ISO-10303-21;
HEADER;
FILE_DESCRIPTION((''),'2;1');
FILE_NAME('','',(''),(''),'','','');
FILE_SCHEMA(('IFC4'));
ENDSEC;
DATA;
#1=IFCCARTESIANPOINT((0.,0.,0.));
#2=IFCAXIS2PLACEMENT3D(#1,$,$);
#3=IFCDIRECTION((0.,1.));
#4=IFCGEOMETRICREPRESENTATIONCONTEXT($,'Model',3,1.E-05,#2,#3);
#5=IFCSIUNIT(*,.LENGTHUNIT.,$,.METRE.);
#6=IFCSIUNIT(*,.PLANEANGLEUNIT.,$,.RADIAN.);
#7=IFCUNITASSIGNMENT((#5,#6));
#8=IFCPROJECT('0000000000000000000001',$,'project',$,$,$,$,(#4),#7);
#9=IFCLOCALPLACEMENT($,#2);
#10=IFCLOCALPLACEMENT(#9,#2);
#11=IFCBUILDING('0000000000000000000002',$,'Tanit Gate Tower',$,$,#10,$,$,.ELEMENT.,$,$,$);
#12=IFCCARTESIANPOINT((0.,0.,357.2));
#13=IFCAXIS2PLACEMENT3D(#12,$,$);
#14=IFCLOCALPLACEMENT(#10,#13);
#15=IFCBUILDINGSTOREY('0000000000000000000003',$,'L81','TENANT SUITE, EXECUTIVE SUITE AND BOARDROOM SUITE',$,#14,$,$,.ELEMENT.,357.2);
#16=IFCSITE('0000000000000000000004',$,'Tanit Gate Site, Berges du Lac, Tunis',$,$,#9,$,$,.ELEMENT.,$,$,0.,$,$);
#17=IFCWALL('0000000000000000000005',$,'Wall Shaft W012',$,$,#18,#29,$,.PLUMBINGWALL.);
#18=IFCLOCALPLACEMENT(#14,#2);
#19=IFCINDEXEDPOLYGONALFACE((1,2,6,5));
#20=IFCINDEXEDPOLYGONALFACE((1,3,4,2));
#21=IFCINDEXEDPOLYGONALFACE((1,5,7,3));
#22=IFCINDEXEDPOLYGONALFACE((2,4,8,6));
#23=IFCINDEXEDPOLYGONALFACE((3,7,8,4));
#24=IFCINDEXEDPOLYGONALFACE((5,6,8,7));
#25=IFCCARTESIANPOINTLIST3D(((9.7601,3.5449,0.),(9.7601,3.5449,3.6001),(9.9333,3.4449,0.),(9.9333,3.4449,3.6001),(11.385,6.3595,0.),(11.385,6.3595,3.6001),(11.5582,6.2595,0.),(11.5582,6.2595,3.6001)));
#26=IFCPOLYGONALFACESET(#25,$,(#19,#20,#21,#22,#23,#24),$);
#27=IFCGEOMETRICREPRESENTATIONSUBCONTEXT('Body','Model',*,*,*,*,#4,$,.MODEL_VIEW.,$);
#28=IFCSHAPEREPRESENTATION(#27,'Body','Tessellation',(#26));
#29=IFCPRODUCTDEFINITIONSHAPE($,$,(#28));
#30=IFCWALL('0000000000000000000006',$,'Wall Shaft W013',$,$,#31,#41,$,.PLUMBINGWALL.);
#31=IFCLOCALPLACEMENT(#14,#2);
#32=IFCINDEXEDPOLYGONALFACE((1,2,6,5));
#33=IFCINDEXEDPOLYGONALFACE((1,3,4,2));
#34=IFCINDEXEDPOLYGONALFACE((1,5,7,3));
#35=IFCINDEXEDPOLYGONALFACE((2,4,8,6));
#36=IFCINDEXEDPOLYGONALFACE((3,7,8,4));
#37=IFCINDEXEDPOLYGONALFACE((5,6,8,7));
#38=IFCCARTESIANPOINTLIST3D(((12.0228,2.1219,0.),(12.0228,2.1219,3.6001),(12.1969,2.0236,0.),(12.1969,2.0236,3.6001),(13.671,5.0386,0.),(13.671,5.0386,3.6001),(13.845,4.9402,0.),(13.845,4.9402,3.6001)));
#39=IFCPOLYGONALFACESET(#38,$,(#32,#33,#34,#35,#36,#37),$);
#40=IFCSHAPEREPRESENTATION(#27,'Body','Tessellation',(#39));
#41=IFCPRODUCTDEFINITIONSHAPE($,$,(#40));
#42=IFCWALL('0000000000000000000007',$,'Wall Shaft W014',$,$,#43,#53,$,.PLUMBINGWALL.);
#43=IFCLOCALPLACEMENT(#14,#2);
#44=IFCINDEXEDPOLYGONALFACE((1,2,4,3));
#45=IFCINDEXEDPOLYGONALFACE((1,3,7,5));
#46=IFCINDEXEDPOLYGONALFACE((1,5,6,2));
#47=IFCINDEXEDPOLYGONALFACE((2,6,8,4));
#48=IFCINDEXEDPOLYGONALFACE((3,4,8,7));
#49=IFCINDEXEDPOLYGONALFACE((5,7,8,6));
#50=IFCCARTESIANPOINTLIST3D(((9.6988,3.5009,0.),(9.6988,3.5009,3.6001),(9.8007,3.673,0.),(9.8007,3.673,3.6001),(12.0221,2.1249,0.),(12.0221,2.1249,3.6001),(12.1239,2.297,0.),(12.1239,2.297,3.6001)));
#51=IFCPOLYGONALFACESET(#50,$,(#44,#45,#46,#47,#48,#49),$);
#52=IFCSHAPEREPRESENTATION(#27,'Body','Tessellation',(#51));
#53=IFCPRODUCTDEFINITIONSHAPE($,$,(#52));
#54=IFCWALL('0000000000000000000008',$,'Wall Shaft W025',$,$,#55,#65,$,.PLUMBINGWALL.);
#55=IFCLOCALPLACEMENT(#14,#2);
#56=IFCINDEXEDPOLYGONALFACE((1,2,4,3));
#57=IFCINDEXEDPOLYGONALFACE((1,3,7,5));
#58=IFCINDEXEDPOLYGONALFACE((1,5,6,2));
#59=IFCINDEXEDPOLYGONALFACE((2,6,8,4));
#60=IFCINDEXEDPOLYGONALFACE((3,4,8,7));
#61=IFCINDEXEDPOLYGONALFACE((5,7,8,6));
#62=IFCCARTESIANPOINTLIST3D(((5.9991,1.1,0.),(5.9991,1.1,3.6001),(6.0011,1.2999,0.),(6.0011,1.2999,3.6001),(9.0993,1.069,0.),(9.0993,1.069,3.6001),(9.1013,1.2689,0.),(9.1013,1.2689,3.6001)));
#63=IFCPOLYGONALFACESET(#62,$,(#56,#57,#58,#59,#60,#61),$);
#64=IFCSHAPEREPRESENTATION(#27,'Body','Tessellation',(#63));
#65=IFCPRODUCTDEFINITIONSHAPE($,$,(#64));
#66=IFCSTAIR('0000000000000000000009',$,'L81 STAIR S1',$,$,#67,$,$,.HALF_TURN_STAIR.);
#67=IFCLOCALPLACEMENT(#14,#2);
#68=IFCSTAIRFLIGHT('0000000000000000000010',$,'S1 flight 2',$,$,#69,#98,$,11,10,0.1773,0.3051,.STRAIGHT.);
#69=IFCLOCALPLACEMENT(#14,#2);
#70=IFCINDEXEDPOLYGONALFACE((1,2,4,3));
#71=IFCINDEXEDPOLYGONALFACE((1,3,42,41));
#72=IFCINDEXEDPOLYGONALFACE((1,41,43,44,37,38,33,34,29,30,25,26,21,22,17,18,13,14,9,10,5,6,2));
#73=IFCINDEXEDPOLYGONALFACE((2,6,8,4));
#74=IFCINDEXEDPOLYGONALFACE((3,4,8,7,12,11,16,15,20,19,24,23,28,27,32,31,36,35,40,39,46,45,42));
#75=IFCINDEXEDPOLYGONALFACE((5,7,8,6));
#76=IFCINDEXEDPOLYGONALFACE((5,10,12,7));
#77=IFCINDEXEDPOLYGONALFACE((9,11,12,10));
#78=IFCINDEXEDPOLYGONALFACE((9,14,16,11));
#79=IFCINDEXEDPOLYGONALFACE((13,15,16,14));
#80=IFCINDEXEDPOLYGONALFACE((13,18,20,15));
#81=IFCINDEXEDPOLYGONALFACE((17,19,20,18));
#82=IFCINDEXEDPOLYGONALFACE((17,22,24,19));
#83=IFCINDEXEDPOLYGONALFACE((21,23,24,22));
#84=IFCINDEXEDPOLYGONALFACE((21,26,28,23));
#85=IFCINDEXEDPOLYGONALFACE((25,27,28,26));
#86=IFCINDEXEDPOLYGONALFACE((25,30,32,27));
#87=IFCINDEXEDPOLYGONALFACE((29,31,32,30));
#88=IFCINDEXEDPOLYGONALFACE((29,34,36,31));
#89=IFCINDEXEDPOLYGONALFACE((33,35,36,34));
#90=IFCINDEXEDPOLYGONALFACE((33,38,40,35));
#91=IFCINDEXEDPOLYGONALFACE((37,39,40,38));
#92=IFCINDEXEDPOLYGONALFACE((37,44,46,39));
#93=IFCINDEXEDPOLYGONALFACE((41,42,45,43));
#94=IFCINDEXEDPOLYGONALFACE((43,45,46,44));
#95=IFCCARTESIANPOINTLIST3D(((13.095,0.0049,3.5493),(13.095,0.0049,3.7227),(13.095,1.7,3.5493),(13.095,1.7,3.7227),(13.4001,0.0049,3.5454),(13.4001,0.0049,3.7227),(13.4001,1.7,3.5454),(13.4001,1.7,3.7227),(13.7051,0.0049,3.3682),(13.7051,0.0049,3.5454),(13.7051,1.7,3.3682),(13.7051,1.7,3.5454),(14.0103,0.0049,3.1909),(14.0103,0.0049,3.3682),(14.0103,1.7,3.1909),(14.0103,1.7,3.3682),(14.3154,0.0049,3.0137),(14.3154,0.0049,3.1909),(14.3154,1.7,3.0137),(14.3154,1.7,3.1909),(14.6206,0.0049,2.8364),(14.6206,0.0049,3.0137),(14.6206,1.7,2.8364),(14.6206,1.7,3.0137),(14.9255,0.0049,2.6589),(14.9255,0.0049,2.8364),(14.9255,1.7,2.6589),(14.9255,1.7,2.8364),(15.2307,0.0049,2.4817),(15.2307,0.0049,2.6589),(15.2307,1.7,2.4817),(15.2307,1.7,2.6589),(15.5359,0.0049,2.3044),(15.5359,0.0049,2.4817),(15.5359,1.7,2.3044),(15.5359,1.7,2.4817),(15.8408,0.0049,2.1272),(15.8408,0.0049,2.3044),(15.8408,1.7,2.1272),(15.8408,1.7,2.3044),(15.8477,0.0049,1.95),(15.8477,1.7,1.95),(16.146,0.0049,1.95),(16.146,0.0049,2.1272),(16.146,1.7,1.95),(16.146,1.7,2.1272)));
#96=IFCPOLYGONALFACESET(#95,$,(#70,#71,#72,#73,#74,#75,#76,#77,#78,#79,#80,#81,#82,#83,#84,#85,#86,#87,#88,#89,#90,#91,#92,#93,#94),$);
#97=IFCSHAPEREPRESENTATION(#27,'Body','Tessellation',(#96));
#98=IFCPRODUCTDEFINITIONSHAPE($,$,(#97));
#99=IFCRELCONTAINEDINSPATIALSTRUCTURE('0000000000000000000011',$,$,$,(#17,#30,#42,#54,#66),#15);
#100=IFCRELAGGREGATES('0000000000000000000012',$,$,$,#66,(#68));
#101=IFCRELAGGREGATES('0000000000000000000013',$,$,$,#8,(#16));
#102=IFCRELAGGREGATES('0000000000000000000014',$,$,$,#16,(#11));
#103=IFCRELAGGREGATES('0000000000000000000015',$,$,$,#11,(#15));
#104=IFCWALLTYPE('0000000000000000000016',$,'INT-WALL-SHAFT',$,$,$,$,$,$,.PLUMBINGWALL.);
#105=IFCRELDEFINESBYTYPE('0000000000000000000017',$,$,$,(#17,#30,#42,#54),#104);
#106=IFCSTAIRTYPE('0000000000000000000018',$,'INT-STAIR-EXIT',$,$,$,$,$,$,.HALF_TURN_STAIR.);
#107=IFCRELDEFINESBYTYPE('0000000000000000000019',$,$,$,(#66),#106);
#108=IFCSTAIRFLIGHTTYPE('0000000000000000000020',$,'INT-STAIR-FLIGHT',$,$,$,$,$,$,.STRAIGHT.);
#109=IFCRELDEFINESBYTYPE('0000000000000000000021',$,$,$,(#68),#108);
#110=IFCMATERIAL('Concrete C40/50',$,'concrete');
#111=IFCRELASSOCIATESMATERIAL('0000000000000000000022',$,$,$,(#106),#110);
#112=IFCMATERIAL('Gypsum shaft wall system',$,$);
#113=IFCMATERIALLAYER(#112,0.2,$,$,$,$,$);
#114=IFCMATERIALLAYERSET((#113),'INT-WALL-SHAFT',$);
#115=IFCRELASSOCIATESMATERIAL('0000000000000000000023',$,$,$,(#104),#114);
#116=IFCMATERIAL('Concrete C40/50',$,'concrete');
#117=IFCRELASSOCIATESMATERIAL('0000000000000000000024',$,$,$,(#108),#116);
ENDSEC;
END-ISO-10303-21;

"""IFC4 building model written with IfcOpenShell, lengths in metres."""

from ifc_helpers import new_model, si_unit, direction, frame, frame_2d, origin, place, context, subcontext, project, spatial, polyline, rectangle, outline, extrude, material, layer, layer_set, type_object, element, aggregate, save


model = new_model("IFC4")

# Units and contexts
model_context = context("Model", 3, precision=1e-05, world=origin(), true_north=direction((0.0, 1.0)))
body_context = subcontext(model_context, "Body", "Model", "MODEL_VIEW")
ifc_project = project(units=[si_unit("LENGTHUNIT", "METRE"), si_unit("PLANEANGLEUNIT", "RADIAN")], contexts=[model_context])

# Site, building, storey
site_placement = place(None, origin())
site = spatial("IfcSite", under=ifc_project, at=site_placement, Name="Tanit Gate Site, Berges du Lac, Tunis", CompositionType="ELEMENT", RefElevation=0.0)
building_placement = place(site_placement, origin())
building = spatial("IfcBuilding", under=site, at=building_placement, Name="Tanit Gate Tower", CompositionType="ELEMENT")
storey_placement = place(building_placement, frame((0.0, 0.0, 357.2)))
storey = spatial("IfcBuildingStorey", under=building, at=storey_placement, Name="L81", Description="TENANT SUITE, EXECUTIVE SUITE AND BOARDROOM SUITE", CompositionType="ELEMENT", Elevation=357.2)

# Shared definitions
ifc_material_1 = material(Name="Concrete C40/50", Category="concrete")
stair_type = type_object("IfcStairType", Name="INT-STAIR-EXIT", PredefinedType="HALF_TURN_STAIR", material=ifc_material_1)

# Walls
ifc_material_2 = material(Name="Gypsum shaft wall system")
ifc_layer_1 = layer(ifc_material_2, 0.2)
ifc_layer_set_1 = layer_set([ifc_layer_1], Name="INT-WALL-SHAFT")
wall_type_1 = type_object("IfcWallType", Name="INT-WALL-SHAFT", PredefinedType="PLUMBINGWALL", material=ifc_layer_set_1)
wall_1_placement = place(storey_placement, frame((9.8467, 3.4949, 0.0), z_axis=(0.0, 0.0, 1.0), x_axis=(0.499985, 0.866034, 0.0)))
element("IfcWall", 1, at=wall_1_placement, inside=storey, type_object=wall_type_1, Name="Wall Shaft W012", PredefinedType="PLUMBINGWALL", context=body_context, shape_type="SweptSolid", body=[
    extrude(rectangle(XDim=3.25, YDim=0.2, at=frame_2d((1.625, 0.0))), origin(), (0.0, 0.0, 1.0), 3.6001),
])
wall_2_placement = place(storey_placement, frame((12.1099, 2.0728, 0.0), z_axis=(0.0, 0.0, 1.0), x_axis=(0.491966, 0.870614, 0.0)))
element("IfcWall", 2, at=wall_2_placement, inside=storey, type_object=wall_type_1, Name="Wall Shaft W013", PredefinedType="PLUMBINGWALL", context=body_context, shape_type="SweptSolid", body=[
    extrude(rectangle(XDim=3.3501, YDim=0.2, at=frame_2d((1.675, 0.0))), origin(), (0.0, 0.0, 1.0), 3.6001),
])
wall_3_placement = place(storey_placement, frame((12.073, 2.2109, 0.0), z_axis=(0.0, 0.0, 1.0), x_axis=(-0.860415, 0.509594, 0.0)))
element("IfcWall", 3, at=wall_3_placement, inside=storey, type_object=wall_type_1, Name="Wall Shaft W014", PredefinedType="PLUMBINGWALL", context=body_context, shape_type="SweptSolid", body=[
    extrude(rectangle(XDim=2.7002, YDim=0.2, at=frame_2d((1.3501, 0.0))), origin(), (0.0, 0.0, 1.0), 3.6001),
])

# Wall
wall_4_placement = place(storey_placement, frame((6.0, 1.2, 0.0), z_axis=(0.0, 0.0, 1.0), x_axis=(0.99995, -0.010001, 0.0)))
element("IfcWall", 4, at=wall_4_placement, inside=storey, type_object=wall_type_1, Name="Wall Shaft W025", PredefinedType="PLUMBINGWALL", context=body_context, shape_type="SweptSolid", body=[
    extrude(rectangle(XDim=3.1003, YDim=0.2, at=frame_2d((1.5503, 0.0))), origin(), (0.0, 0.0, 1.0), 3.6001),
])

# Stair, stair flight
stair_1_placement = place(storey_placement, origin())
stair_1 = element("IfcStair", 5, at=stair_1_placement, inside=storey, type_object=stair_type, Name="L81 STAIR S1", PredefinedType="HALF_TURN_STAIR")
ifc_material_3 = material(Name="Concrete C40/50", Category="concrete")
stair_flight_type = type_object("IfcStairFlightType", Name="INT-STAIR-FLIGHT", PredefinedType="STRAIGHT", material=ifc_material_3)
stair_flight_placement = place(storey_placement, frame((16.146, 0.8525, 1.95), z_axis=(0.0, 0.0, 1.0), x_axis=(-1.0, 0.0, 0.0)))
stair_flight = element("IfcStairFlight", 6, at=stair_flight_placement, type_object=stair_flight_type, Name="S1 flight 2", NumberOfRisers=11, NumberOfTreads=10, PredefinedType="STRAIGHT", RiserHeight=0.1773, TreadLength=0.3051, context=body_context, shape_type="SweptSolid", body=[
    extrude(outline(polyline([(0.0, 0.0), (0.0, 0.1772), (0.3052, 0.1772), (0.3052, 0.3545), (0.6101, 0.3545), (0.6101, 0.5317), (0.9153, 0.5317), (0.9153, 0.709), (1.2205, 0.709), (1.2205, 0.8865), (1.5254, 0.8865), (1.5254, 1.0637), (1.8306, 1.0637), (1.8306, 1.241), (2.1357, 1.241), (2.1357, 1.4182), (2.4409, 1.4182), (2.4409, 1.5955), (2.7458, 1.5955), (2.7458, 1.7727), (3.051, 1.7727), (3.051, 1.95), (3.051, 1.5994), (0.2983, 0.0), (0.0, 0.0)])), frame((0.0, 0.8477, 0.0), z_axis=(0.0, -1.0, 0.0), x_axis=(1.0, 0.0, 0.0)), (0.0, 0.0, 1.0), 1.6951),
])
aggregate(stair_1, [stair_flight])

save(model, "model.ifc")
